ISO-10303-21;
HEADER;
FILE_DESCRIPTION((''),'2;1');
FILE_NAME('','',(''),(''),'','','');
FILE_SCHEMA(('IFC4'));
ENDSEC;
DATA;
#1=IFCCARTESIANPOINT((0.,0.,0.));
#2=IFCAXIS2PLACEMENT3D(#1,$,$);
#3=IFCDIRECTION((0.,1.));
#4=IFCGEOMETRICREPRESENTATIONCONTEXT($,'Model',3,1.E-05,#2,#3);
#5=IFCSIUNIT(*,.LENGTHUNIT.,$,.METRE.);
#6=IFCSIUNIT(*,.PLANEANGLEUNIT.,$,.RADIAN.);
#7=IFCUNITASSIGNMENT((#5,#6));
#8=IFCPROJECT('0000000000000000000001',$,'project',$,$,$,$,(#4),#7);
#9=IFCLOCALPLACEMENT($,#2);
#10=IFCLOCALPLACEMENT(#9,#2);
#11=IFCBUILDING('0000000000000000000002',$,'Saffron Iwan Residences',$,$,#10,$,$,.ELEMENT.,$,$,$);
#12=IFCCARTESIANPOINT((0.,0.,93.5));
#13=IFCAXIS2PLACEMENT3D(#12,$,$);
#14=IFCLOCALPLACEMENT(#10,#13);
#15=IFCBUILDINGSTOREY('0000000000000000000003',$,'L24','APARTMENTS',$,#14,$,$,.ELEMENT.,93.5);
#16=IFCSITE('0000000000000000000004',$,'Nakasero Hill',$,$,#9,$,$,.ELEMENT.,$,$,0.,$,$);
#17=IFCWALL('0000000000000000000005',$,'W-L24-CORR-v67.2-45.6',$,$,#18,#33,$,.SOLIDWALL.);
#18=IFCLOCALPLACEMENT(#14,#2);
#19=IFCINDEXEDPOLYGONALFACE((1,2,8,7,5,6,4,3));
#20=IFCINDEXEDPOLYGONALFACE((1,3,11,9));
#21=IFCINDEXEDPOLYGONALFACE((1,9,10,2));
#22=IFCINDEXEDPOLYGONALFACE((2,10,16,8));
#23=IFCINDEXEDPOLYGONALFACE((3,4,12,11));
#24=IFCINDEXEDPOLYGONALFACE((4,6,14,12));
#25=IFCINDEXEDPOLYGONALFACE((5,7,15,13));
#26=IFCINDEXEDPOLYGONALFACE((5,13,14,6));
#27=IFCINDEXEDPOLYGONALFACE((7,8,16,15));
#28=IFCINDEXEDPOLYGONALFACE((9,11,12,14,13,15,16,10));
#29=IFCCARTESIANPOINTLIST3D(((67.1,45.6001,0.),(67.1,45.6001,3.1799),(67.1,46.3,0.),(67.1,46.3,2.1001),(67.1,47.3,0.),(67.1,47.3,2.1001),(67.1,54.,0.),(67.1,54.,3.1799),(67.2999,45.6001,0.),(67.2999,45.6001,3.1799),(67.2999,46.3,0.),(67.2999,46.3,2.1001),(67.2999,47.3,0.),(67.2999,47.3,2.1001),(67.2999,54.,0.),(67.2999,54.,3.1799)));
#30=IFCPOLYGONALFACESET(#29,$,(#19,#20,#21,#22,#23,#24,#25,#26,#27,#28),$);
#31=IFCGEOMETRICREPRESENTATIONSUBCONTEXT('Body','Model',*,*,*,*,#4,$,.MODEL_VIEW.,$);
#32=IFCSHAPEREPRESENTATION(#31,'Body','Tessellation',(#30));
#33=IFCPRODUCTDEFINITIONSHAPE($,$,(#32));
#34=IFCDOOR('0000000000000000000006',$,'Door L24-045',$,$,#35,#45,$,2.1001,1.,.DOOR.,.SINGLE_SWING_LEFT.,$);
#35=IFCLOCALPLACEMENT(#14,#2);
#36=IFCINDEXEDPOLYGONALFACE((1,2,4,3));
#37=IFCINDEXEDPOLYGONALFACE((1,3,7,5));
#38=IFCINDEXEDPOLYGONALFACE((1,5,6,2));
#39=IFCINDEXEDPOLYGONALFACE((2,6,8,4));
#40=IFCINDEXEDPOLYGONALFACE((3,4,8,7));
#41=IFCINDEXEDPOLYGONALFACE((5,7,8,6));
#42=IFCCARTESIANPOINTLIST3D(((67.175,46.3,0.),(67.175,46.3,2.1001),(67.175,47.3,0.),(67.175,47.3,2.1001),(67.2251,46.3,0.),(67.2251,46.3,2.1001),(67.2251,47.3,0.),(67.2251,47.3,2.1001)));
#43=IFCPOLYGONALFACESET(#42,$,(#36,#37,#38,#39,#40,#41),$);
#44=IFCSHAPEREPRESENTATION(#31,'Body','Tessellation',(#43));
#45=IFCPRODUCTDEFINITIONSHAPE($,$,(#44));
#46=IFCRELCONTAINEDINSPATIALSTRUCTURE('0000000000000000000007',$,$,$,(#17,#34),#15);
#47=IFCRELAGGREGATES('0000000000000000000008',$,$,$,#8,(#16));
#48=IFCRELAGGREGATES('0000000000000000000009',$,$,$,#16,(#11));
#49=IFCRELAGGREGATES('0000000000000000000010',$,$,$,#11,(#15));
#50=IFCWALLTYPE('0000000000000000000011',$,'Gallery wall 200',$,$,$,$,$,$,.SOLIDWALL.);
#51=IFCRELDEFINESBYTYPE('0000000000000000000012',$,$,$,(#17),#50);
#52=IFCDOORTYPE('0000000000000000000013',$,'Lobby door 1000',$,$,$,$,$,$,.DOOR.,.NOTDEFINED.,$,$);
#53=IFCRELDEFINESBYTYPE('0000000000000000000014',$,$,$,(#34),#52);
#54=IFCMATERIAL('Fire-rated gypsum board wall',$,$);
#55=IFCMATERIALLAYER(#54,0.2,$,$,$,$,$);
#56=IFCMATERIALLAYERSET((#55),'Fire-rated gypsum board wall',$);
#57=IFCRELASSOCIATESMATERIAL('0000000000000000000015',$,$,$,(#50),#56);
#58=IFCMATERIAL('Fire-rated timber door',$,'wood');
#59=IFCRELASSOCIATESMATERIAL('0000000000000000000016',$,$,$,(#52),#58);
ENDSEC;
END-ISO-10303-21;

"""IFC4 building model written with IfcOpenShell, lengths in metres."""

from ifc_helpers import new_model, si_unit, direction, frame, frame_2d, origin, place, context, subcontext, project, spatial, rectangle, extrude, material, layer, layer_set, type_object, element, fill, save


model = new_model("IFC4")

# Units and contexts
model_context = context("Model", 3, precision=1e-05, world=origin(), true_north=direction((0.0, 1.0)))
body_context = subcontext(model_context, "Body", "Model", "MODEL_VIEW")
ifc_project = project(units=[si_unit("LENGTHUNIT", "METRE"), si_unit("PLANEANGLEUNIT", "RADIAN")], contexts=[model_context])

# Site, building, storey
site_placement = place(None, origin())
site = spatial("IfcSite", under=ifc_project, at=site_placement, Name="Nakasero Hill", CompositionType="ELEMENT", RefElevation=0.0)
building_placement = place(site_placement, origin())
building = spatial("IfcBuilding", under=site, at=building_placement, Name="Saffron Iwan Residences", CompositionType="ELEMENT")
storey_placement = place(building_placement, frame((0.0, 0.0, 93.5)))
storey = spatial("IfcBuildingStorey", under=building, at=storey_placement, Name="L24", Description="APARTMENTS", CompositionType="ELEMENT", Elevation=93.5)

# Wall, opening, door
ifc_material_1 = material(Name="Fire-rated gypsum board wall")
ifc_layer_1 = layer(ifc_material_1, 0.2)
ifc_layer_set_1 = layer_set([ifc_layer_1], Name="Fire-rated gypsum board wall")
wall_type_1 = type_object("IfcWallType", Name="Gallery wall 200", PredefinedType="SOLIDWALL", material=ifc_layer_set_1)
wall_1_placement = place(storey_placement, frame((67.2, 45.6001, 0.0), z_axis=(0.0, 0.0, 1.0), x_axis=(0.0, 1.0, 0.0)))
wall_1 = element("IfcWall", 1, at=wall_1_placement, inside=storey, type_object=wall_type_1, Name="W-L24-CORR-v67.2-45.6", PredefinedType="SOLIDWALL", context=body_context, shape_type="SweptSolid", body=[
    extrude(rectangle(XDim=8.3999, YDim=0.2, at=frame_2d((4.2, 0.0))), origin(), (0.0, 0.0, 1.0), 3.1799),
])
opening_1_placement = place(wall_1_placement, frame((0.7, 0.0, 0.0)))
opening_1 = element("IfcOpeningElement", 2, at=opening_1_placement, cuts=wall_1, PredefinedType="OPENING", context=body_context, shape_type="SweptSolid", body=[
    extrude(rectangle(XDim=1.0, YDim=2.1001, at=frame_2d((0.5, 1.05))), frame((0.0, 0.1099, 0.0), z_axis=(0.0, -1.0, 0.0), x_axis=(1.0, 0.0, 0.0)), (0.0, 0.0, 1.0), 0.22),
])
ifc_material_2 = material(Name="Fire-rated timber door", Category="wood")
door_type_1 = type_object("IfcDoorType", Name="Lobby door 1000", OperationType="NOTDEFINED", PredefinedType="DOOR", material=ifc_material_2)
door_1_placement = place(opening_1_placement, origin())
door_1 = element("IfcDoor", 3, at=door_1_placement, inside=storey, type_object=door_type_1, Name="Door L24-045", OperationType="SINGLE_SWING_LEFT", OverallHeight=2.1001, OverallWidth=1.0, PredefinedType="DOOR", context=body_context, shape_type="SweptSolid", body=[
    extrude(rectangle(XDim=1.0, YDim=2.1001, at=frame_2d((0.5, 1.05))), frame((0.0, 0.0249, 0.0), z_axis=(0.0, -1.0, 0.0), x_axis=(1.0, 0.0, 0.0)), (0.0, 0.0, 1.0), 0.05),
])
fill(opening_1, door_1)

save(model, "model.ifc")
